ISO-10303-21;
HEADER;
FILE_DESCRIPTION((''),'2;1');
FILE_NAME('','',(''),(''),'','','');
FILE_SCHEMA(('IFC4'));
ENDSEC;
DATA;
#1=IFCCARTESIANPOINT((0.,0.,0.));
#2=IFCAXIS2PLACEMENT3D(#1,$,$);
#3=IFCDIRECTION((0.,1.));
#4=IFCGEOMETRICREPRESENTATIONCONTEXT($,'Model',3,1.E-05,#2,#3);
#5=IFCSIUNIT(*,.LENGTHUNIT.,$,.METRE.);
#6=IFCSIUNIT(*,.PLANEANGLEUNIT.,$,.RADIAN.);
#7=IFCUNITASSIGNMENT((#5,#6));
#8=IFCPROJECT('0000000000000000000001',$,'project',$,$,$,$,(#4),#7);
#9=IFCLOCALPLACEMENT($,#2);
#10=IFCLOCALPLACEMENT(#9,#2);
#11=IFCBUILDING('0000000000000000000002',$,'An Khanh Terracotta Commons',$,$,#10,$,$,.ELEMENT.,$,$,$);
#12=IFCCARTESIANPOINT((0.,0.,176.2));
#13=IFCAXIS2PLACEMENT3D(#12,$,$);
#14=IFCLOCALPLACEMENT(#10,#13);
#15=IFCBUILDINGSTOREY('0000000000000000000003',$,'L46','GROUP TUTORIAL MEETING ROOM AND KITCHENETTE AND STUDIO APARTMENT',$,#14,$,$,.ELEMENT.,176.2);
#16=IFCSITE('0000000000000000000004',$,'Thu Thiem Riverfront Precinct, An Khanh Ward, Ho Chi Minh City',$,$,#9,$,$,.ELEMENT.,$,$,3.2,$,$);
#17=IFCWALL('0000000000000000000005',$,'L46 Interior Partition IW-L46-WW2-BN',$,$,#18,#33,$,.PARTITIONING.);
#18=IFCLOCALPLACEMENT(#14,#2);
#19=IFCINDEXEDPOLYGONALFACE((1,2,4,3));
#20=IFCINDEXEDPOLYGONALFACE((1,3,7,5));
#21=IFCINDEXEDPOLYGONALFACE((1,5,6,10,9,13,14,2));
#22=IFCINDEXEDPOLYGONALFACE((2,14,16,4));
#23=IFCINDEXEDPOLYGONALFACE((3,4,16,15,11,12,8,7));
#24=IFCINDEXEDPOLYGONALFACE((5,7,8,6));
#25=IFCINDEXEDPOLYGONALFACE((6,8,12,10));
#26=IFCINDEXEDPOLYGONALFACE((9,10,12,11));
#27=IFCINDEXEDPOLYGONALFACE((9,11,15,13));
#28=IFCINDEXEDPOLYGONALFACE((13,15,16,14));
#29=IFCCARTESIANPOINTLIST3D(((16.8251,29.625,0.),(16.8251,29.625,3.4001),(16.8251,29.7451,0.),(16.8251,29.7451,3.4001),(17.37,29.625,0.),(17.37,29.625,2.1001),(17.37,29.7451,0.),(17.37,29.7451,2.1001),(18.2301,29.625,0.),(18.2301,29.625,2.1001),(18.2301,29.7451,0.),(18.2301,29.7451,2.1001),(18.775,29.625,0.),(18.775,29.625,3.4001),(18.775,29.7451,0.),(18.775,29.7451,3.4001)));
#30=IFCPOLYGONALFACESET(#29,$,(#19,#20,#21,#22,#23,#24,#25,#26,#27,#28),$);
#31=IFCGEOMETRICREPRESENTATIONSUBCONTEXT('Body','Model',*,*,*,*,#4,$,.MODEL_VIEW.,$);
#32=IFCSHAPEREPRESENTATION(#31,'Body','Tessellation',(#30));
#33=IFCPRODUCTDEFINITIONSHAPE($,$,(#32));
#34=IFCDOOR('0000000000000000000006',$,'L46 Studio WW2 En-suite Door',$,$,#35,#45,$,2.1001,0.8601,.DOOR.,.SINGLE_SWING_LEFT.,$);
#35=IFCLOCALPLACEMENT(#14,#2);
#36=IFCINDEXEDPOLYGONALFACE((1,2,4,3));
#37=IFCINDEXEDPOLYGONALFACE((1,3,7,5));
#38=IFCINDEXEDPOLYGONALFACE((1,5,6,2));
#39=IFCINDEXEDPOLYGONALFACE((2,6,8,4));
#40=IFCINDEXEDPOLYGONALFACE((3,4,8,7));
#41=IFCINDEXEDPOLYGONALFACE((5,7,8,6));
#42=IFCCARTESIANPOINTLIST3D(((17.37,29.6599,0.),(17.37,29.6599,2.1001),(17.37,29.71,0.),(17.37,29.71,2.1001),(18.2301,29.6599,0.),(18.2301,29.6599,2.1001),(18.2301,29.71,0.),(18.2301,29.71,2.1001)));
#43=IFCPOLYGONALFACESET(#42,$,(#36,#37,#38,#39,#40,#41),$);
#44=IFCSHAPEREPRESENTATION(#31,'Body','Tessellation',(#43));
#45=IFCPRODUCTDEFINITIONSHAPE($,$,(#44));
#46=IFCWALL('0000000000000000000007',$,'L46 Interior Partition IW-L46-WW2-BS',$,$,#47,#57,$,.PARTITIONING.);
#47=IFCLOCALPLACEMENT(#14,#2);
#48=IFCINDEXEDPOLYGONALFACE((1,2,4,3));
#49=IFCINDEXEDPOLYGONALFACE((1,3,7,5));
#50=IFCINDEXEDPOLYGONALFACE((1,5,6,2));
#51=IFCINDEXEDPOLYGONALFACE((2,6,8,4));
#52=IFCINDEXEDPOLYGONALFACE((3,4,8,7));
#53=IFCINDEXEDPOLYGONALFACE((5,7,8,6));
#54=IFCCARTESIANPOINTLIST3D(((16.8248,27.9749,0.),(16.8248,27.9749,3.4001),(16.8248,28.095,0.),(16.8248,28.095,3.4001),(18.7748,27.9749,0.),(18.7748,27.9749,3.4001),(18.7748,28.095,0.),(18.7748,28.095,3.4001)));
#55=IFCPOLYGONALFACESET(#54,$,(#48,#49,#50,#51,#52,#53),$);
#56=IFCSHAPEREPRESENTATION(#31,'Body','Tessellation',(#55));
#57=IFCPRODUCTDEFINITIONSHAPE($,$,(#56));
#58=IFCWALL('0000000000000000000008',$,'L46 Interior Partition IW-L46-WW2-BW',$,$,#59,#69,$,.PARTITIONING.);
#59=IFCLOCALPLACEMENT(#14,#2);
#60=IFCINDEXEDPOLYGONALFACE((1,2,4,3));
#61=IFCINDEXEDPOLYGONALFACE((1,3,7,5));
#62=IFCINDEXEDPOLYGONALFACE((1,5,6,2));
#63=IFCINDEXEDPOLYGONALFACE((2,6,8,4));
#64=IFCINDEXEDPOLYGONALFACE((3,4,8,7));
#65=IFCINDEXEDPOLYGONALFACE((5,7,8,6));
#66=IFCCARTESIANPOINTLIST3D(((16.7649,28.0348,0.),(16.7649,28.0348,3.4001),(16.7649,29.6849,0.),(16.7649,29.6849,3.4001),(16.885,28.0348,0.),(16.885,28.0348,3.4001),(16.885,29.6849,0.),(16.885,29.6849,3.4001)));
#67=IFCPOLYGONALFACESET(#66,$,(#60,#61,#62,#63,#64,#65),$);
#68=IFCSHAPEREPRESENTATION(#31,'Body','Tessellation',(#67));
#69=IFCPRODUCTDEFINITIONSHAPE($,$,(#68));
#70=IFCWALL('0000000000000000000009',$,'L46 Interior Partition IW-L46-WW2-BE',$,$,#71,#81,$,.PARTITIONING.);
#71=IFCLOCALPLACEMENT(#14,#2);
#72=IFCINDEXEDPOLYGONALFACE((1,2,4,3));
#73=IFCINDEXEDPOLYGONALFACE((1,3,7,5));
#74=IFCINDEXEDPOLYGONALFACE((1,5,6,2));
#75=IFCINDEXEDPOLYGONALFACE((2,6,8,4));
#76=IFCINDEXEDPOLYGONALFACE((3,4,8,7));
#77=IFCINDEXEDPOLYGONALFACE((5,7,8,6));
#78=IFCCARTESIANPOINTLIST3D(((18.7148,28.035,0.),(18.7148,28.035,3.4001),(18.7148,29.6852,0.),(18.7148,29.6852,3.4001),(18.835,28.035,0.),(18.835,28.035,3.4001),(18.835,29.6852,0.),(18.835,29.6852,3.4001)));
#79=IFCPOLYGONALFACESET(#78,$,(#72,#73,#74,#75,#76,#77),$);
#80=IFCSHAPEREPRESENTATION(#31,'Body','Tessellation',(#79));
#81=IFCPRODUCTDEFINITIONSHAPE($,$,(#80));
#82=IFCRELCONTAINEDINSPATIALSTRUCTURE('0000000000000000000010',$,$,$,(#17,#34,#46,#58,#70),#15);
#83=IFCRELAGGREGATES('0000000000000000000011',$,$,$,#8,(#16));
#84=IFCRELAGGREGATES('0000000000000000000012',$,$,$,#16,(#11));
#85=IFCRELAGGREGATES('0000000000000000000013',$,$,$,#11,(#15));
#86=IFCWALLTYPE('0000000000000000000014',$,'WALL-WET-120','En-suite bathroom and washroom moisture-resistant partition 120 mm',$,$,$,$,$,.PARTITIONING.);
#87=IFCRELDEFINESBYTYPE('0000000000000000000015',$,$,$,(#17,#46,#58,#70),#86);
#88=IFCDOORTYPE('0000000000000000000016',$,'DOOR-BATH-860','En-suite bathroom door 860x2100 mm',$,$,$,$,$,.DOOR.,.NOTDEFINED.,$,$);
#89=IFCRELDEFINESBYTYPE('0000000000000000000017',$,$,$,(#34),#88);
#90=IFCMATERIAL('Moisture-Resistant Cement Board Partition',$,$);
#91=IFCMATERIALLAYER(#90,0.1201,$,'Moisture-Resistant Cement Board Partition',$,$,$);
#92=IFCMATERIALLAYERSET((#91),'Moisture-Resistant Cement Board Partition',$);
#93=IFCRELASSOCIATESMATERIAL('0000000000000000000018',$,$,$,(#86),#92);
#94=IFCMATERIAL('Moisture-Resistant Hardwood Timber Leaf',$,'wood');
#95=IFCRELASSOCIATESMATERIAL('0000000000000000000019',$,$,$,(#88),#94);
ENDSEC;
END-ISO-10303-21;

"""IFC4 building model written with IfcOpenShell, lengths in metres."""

from ifc_helpers import new_model, si_unit, direction, frame, frame_2d, origin, place, context, subcontext, project, spatial, rectangle, extrude, material, layer, layer_set, type_object, element, fill, save


model = new_model("IFC4")

# Units and contexts
model_context = context("Model", 3, precision=1e-05, world=origin(), true_north=direction((0.0, 1.0)))
body_context = subcontext(model_context, "Body", "Model", "MODEL_VIEW")
ifc_project = project(units=[si_unit("LENGTHUNIT", "METRE"), si_unit("PLANEANGLEUNIT", "RADIAN")], contexts=[model_context])

# Site, building, storey
site_placement = place(None, origin())
site = spatial("IfcSite", under=ifc_project, at=site_placement, Name="Thu Thiem Riverfront Precinct, An Khanh Ward, Ho Chi Minh City", CompositionType="ELEMENT", RefElevation=3.2)
building_placement = place(site_placement, origin())
building = spatial("IfcBuilding", under=site, at=building_placement, Name="An Khanh Terracotta Commons", CompositionType="ELEMENT")
storey_placement = place(building_placement, frame((0.0, 0.0, 176.2)))
storey = spatial("IfcBuildingStorey", under=building, at=storey_placement, Name="L46", Description="GROUP TUTORIAL MEETING ROOM AND KITCHENETTE AND STUDIO APARTMENT", CompositionType="ELEMENT", Elevation=176.2)

# Wall, opening, door
ifc_material_1 = material(Name="Moisture-Resistant Cement Board Partition")
ifc_layer_1 = layer(ifc_material_1, 0.1201, Name="Moisture-Resistant Cement Board Partition")
ifc_layer_set_1 = layer_set([ifc_layer_1], Name="Moisture-Resistant Cement Board Partition")
wall_type_1 = type_object("IfcWallType", Name="WALL-WET-120", Description="En-suite bathroom and washroom moisture-resistant partition 120 mm", PredefinedType="PARTITIONING", material=ifc_layer_set_1)
wall_1_placement = place(storey_placement, frame((16.825, 29.6851, 0.0), z_axis=(0.0, 0.0, 1.0), x_axis=(1.0, 0.0, 0.0)))
wall_1 = element("IfcWall", 1, at=wall_1_placement, inside=storey, type_object=wall_type_1, Name="L46 Interior Partition IW-L46-WW2-BN", PredefinedType="PARTITIONING", context=body_context, shape_type="SweptSolid", body=[
    extrude(rectangle(XDim=1.95, YDim=0.1201, at=frame_2d((0.9751, 0.0))), origin(), (0.0, 0.0, 1.0), 3.4001),
])
opening_1_placement = place(wall_1_placement, frame((0.5449, 0.0, 0.0)))
opening_1 = element("IfcOpeningElement", 2, at=opening_1_placement, cuts=wall_1, PredefinedType="OPENING", context=body_context, shape_type="SweptSolid", body=[
    extrude(rectangle(XDim=0.8601, YDim=2.1001, at=frame_2d((0.4302, 1.05))), frame((0.0, 0.0701, 0.0), z_axis=(0.0, -1.0, 0.0), x_axis=(1.0, 0.0, 0.0)), (0.0, 0.0, 1.0), 0.1401),
])
ifc_material_2 = material(Name="Moisture-Resistant Hardwood Timber Leaf", Category="wood")
door_type_1 = type_object("IfcDoorType", Name="DOOR-BATH-860", Description="En-suite bathroom door 860x2100 mm", OperationType="NOTDEFINED", PredefinedType="DOOR", material=ifc_material_2)
door_1_placement = place(opening_1_placement, origin())
door_1 = element("IfcDoor", 3, at=door_1_placement, inside=storey, type_object=door_type_1, Name="L46 Studio WW2 En-suite Door", OperationType="SINGLE_SWING_LEFT", OverallHeight=2.1001, OverallWidth=0.8601, PredefinedType="DOOR", context=body_context, shape_type="SweptSolid", body=[
    extrude(rectangle(XDim=0.8601, YDim=2.1001, at=frame_2d((0.4302, 1.05))), frame((0.0, 0.0249, 0.0), z_axis=(0.0, -1.0, 0.0), x_axis=(1.0, 0.0, 0.0)), (0.0, 0.0, 1.0), 0.05),
])
fill(opening_1, door_1)

# Walls
wall_2_placement = place(storey_placement, frame((18.7749, 28.0349, 0.0), z_axis=(0.0, 0.0, 1.0), x_axis=(-1.0, 0.0, 0.0)))
element("IfcWall", 4, at=wall_2_placement, inside=storey, type_object=wall_type_1, Name="L46 Interior Partition IW-L46-WW2-BS", PredefinedType="PARTITIONING", context=body_context, shape_type="SweptSolid", body=[
    extrude(rectangle(XDim=1.95, YDim=0.1201, at=frame_2d((0.9751, 0.0))), origin(), (0.0, 0.0, 1.0), 3.4001),
])
for number, where, z_axis, x_axis, name in (
    (5, (16.825, 29.6851, 0.0), (0.0, 0.0, 1.0), (0.0, -1.0, 0.0), "L46 Interior Partition IW-L46-WW2-BW"),
    (6, (18.7749, 28.0349, 0.0), (0.0, 0.0, 1.0), (0.0, 1.0, 0.0), "L46 Interior Partition IW-L46-WW2-BE"),
):
    element("IfcWall", number, at=place(storey_placement, frame(where, z_axis=z_axis, x_axis=x_axis)), inside=storey, type_object=wall_type_1, Name=name, PredefinedType="PARTITIONING", context=body_context, shape_type="SweptSolid", body=[
        extrude(rectangle(XDim=1.6501, YDim=0.1201, at=frame_2d((0.8252, 0.0))), origin(), (0.0, 0.0, 1.0), 3.4001),
    ])

save(model, "model.ifc")
